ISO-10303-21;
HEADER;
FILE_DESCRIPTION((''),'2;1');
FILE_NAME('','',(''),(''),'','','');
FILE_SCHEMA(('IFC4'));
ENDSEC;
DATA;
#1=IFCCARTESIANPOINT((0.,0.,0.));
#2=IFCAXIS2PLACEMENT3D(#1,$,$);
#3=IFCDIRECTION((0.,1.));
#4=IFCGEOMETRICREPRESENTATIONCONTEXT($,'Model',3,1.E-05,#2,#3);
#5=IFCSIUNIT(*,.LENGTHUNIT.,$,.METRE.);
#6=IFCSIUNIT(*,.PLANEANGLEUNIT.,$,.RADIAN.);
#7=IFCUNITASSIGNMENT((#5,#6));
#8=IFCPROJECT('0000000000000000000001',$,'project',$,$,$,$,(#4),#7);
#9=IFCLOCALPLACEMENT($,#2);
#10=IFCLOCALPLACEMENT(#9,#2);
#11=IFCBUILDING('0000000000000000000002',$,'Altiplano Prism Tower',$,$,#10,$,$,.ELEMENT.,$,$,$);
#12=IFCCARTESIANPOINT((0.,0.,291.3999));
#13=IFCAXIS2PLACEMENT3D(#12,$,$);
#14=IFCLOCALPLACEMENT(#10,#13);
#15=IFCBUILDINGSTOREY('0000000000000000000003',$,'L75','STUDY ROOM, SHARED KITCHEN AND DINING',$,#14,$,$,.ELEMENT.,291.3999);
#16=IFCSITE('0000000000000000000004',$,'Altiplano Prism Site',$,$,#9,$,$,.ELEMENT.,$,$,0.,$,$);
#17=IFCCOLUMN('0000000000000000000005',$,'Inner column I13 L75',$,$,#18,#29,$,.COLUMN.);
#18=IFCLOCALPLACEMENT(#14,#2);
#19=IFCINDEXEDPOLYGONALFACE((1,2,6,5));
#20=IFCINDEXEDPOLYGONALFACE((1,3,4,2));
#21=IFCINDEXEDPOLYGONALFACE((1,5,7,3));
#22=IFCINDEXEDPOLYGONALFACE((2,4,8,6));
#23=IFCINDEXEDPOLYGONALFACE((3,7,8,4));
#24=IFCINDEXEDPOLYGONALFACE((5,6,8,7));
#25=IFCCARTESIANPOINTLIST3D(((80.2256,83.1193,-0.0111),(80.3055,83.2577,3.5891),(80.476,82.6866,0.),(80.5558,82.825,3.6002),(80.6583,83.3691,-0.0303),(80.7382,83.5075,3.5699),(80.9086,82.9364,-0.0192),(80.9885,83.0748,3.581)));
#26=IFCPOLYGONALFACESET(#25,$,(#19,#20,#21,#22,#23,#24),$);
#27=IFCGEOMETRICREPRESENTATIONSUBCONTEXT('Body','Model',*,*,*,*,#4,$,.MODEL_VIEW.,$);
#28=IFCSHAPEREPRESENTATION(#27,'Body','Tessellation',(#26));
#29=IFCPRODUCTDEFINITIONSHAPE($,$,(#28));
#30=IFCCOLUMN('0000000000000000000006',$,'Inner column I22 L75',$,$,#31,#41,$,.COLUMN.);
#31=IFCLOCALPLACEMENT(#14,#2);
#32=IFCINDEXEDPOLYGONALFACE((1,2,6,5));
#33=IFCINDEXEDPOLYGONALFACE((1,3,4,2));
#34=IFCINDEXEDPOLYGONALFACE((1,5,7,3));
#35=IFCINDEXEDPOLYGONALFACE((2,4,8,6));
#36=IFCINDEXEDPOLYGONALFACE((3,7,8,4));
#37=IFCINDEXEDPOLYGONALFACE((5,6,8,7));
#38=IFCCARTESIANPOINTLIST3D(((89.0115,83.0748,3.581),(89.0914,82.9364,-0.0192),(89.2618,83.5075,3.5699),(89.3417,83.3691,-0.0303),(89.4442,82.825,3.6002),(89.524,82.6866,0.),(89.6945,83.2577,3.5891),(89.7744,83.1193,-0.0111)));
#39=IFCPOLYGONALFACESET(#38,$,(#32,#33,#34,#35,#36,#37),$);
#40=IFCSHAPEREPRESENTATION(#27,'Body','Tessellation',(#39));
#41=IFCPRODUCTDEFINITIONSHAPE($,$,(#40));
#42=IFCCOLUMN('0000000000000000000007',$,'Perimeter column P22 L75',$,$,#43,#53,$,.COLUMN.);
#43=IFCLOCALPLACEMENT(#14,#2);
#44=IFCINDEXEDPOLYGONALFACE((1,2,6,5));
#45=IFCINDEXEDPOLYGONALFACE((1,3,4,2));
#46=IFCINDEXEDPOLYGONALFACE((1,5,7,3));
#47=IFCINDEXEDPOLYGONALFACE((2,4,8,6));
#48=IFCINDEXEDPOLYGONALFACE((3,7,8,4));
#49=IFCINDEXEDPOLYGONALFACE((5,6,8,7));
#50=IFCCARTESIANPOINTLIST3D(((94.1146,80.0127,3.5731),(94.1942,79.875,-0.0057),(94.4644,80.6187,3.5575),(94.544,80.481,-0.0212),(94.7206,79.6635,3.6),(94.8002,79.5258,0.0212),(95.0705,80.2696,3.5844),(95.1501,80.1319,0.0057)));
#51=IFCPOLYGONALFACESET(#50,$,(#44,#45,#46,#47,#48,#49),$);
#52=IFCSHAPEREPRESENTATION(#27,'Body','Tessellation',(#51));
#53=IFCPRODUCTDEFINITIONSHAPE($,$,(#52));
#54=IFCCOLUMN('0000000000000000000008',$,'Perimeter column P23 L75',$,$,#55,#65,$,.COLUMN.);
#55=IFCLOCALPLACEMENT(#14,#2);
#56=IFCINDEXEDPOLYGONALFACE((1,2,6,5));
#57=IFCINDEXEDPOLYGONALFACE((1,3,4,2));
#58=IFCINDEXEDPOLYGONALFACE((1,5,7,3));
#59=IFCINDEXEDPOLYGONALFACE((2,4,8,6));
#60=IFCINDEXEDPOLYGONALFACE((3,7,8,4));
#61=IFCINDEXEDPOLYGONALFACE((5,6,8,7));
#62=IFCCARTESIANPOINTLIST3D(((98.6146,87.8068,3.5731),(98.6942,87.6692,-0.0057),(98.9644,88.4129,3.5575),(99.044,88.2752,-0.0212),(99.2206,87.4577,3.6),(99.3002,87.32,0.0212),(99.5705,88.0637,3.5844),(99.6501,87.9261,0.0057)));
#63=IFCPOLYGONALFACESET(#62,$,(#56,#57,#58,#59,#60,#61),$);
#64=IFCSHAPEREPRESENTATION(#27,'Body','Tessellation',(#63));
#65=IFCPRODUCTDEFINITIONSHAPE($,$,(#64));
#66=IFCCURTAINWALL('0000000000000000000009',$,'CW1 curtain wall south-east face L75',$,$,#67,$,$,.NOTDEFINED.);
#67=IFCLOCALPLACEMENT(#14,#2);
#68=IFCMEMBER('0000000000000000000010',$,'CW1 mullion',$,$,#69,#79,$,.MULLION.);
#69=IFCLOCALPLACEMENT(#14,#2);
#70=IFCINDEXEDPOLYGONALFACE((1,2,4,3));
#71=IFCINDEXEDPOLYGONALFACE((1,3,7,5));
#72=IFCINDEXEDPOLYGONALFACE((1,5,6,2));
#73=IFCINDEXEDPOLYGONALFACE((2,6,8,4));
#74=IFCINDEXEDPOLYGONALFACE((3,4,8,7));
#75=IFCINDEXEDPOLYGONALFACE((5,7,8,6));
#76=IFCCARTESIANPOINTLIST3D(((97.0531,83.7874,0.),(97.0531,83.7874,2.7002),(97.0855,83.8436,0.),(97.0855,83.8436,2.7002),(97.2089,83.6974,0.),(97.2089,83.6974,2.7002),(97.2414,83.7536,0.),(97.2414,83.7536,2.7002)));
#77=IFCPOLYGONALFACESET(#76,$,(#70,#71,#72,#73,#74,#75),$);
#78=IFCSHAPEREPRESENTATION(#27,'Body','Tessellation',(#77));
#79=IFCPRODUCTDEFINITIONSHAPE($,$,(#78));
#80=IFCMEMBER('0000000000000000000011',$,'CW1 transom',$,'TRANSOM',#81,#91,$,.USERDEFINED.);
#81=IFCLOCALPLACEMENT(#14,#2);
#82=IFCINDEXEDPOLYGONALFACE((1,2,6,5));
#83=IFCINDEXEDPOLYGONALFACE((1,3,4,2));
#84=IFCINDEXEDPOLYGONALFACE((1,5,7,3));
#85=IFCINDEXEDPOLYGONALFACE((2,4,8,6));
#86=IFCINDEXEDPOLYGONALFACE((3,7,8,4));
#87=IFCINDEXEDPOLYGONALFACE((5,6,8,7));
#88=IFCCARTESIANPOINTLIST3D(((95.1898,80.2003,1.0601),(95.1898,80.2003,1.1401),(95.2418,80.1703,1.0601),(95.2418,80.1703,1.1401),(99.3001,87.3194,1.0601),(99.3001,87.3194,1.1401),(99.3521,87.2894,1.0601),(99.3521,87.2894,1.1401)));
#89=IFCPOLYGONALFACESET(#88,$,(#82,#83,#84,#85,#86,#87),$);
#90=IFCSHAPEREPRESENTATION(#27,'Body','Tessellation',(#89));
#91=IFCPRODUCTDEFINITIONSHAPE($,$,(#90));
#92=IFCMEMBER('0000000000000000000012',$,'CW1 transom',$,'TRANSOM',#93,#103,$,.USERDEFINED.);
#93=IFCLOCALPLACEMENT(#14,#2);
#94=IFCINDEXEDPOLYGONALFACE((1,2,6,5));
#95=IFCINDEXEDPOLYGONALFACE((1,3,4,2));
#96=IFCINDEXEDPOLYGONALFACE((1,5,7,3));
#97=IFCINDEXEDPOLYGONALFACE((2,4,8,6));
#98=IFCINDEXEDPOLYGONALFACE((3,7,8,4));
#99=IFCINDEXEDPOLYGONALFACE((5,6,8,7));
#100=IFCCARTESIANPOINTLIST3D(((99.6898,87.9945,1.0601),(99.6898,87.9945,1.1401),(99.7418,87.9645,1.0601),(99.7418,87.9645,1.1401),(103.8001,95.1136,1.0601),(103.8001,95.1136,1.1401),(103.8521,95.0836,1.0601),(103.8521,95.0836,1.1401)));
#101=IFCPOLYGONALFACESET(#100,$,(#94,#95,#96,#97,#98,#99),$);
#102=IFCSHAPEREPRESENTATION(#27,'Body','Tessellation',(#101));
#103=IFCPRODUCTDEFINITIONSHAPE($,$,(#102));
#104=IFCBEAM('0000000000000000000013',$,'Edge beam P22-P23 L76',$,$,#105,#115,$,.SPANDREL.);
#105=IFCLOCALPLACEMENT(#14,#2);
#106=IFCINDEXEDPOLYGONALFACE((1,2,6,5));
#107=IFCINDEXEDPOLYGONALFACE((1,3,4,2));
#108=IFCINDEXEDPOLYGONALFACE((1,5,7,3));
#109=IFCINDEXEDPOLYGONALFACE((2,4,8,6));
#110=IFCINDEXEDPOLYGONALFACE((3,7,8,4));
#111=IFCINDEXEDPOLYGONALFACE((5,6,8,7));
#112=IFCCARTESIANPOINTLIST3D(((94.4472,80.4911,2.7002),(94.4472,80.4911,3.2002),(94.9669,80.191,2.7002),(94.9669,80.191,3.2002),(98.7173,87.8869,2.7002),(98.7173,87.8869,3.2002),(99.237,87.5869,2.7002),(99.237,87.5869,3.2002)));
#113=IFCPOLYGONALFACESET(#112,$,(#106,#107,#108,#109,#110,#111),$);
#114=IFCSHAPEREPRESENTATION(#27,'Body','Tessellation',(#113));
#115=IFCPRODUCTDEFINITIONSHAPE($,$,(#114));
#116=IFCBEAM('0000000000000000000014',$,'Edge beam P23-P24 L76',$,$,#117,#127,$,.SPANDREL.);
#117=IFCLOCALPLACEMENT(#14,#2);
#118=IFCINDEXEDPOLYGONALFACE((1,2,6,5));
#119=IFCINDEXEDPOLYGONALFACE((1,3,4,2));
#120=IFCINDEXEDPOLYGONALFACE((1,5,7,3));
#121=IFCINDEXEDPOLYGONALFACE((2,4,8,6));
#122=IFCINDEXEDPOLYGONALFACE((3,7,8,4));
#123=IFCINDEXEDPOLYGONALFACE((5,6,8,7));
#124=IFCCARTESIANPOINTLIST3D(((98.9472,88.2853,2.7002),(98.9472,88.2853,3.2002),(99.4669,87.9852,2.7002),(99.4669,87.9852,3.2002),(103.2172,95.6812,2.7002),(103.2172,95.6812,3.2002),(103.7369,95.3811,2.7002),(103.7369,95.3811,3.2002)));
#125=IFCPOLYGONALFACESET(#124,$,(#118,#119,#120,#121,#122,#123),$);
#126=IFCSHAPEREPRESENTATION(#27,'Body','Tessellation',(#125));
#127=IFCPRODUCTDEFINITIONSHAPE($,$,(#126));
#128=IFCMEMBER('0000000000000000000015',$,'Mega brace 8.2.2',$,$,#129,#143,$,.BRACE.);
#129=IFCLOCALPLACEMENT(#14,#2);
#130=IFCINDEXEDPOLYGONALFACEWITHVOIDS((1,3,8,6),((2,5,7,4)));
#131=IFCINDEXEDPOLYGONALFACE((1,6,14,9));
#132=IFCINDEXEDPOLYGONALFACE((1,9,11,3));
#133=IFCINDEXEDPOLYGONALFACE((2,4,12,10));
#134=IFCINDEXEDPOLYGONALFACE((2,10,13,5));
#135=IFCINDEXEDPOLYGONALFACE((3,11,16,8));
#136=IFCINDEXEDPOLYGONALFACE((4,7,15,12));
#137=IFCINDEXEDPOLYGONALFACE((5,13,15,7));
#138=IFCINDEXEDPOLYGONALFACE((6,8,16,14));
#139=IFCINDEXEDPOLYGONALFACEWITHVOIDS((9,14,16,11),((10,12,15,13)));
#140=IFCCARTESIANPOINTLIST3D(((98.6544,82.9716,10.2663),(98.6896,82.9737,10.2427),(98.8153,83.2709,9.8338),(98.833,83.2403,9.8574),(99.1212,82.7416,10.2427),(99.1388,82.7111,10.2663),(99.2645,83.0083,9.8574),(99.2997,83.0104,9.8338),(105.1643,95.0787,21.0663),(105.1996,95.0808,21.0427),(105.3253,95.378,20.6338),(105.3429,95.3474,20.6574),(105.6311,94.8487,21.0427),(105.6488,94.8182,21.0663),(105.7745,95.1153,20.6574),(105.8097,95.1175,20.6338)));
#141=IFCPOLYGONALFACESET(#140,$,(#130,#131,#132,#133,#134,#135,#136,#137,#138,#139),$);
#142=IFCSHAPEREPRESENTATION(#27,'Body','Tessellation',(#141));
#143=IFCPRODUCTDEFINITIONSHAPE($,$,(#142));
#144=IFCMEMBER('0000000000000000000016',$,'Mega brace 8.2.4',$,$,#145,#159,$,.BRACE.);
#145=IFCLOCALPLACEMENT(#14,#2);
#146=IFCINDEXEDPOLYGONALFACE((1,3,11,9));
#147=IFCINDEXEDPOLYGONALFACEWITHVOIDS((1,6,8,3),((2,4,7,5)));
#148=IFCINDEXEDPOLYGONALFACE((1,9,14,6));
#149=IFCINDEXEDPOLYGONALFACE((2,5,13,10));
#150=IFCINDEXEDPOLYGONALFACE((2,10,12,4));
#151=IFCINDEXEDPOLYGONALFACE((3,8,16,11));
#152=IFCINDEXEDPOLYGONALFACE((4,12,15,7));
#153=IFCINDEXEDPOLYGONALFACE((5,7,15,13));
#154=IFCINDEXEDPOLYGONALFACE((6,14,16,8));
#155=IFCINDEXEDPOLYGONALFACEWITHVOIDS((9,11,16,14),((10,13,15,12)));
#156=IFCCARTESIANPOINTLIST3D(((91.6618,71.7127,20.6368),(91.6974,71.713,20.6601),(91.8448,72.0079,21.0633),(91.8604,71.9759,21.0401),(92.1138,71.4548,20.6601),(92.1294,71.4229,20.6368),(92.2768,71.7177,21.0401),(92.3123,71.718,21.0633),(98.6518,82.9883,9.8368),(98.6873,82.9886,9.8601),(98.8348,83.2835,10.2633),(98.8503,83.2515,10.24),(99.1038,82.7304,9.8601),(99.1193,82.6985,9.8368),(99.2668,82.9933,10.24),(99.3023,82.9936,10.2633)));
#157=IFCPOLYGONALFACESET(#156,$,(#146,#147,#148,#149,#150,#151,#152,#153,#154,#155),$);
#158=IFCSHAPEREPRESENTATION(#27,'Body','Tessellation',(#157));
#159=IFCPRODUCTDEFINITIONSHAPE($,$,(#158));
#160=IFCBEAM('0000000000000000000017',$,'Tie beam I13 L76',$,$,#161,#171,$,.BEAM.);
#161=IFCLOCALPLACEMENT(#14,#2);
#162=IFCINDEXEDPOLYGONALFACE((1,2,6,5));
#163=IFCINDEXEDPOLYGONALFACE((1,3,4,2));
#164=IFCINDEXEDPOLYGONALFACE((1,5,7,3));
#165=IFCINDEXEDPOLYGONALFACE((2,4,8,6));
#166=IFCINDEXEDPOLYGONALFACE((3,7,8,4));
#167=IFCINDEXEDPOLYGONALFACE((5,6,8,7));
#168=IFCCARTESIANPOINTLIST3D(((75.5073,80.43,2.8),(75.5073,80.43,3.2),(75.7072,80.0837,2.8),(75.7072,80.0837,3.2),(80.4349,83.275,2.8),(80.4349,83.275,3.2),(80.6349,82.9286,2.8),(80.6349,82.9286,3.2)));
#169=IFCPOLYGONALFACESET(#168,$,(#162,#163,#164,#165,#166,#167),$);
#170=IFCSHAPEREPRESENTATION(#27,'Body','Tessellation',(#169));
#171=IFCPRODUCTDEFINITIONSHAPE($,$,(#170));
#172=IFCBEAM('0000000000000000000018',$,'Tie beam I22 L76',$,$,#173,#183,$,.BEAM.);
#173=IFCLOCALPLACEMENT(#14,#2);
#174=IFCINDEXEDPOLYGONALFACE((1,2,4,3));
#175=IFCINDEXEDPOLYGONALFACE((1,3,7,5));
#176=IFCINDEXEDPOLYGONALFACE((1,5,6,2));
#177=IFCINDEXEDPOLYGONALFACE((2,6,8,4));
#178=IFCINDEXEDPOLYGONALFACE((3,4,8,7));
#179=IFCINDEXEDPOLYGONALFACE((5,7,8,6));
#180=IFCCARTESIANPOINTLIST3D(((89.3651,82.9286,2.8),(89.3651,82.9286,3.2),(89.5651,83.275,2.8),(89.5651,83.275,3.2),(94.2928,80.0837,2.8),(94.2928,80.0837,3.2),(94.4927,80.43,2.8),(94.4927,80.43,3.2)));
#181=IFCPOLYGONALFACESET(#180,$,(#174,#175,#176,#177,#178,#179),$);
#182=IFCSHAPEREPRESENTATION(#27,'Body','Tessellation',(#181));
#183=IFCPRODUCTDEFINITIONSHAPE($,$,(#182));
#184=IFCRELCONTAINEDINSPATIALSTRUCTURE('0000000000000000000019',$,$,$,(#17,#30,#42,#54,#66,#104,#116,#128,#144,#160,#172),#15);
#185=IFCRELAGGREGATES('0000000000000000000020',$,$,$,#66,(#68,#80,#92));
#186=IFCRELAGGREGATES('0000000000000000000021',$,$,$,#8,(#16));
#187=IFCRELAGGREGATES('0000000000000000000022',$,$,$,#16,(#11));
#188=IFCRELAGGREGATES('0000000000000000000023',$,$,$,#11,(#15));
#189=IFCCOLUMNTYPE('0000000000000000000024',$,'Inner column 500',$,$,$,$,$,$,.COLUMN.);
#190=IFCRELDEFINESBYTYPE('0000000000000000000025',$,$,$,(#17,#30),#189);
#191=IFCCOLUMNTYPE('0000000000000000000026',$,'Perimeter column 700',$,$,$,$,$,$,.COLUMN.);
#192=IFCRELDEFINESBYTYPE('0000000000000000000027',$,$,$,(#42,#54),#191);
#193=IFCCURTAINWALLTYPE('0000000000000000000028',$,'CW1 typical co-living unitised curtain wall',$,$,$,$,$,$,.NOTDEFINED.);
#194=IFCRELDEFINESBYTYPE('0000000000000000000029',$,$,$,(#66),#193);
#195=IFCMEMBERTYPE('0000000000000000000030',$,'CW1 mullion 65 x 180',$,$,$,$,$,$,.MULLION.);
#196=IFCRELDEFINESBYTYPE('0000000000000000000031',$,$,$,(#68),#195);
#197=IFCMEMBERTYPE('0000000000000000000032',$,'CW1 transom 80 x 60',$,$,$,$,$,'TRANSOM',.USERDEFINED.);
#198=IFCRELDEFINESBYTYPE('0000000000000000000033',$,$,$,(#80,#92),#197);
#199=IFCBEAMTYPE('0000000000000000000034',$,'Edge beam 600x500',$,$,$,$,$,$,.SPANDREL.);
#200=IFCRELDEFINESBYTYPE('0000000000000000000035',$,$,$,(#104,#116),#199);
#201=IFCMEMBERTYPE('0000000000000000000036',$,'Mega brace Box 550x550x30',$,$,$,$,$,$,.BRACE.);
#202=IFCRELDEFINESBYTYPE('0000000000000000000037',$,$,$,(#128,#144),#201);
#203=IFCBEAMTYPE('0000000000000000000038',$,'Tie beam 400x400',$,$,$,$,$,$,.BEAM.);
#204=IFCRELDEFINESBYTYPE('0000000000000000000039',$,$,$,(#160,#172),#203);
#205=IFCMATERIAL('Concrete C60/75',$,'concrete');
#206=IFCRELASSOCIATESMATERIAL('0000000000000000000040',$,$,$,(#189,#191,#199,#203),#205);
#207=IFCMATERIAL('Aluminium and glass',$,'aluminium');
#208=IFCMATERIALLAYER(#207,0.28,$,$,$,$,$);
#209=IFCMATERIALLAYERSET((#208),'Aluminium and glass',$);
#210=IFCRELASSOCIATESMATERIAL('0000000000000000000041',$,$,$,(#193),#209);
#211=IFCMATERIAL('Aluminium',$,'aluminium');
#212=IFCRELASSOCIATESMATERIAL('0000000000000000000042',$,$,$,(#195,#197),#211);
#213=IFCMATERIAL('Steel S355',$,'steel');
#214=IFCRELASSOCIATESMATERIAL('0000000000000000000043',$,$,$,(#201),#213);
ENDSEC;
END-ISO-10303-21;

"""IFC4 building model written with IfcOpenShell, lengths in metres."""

from ifc_helpers import new_model, si_unit, direction, frame, origin, origin_2d, place, context, subcontext, project, spatial, rectangle, hollow_rectangle, extrude, material, layer, layer_set, material_profile, profile_set, type_object, element, aggregate, save


model = new_model("IFC4")

# Units and contexts
model_context = context("Model", 3, precision=1e-05, world=origin(), true_north=direction((0.0, 1.0)))
body_context = subcontext(model_context, "Body", "Model", "MODEL_VIEW")
ifc_project = project(units=[si_unit("LENGTHUNIT", "METRE"), si_unit("PLANEANGLEUNIT", "RADIAN")], contexts=[model_context])

# Site, building, storey
site_placement = place(None, origin())
site = spatial("IfcSite", under=ifc_project, at=site_placement, Name="Altiplano Prism Site", CompositionType="ELEMENT", RefElevation=0.0)
building_placement = place(site_placement, origin())
building = spatial("IfcBuilding", under=site, at=building_placement, Name="Altiplano Prism Tower", CompositionType="ELEMENT")
storey_placement = place(building_placement, frame((0.0, 0.0, 291.3999)))
storey = spatial("IfcBuildingStorey", under=building, at=storey_placement, Name="L75", Description="STUDY ROOM, SHARED KITCHEN AND DINING", CompositionType="ELEMENT", Elevation=291.3999)

# Columns
ifc_material_1 = material(Name="Concrete C60/75", Category="concrete")
ifc_material_profile_1 = material_profile(ifc_material_1, rectangle(XDim=0.5, YDim=0.5, at=origin_2d()), Name="Inner column 500")
ifc_profile_set_1 = profile_set([ifc_material_profile_1], Name="Concrete C60/75")
column_type_1 = type_object("IfcColumnType", Name="Inner column 500", PredefinedType="COLUMN", material=ifc_profile_set_1)
for number, where, z_axis, x_axis, name in (
    (1, (80.5671, 83.0278, -0.0151), (0.022154, 0.038413, 0.999016), (-0.865362, -0.499674, 0.038403), "Inner column I13 L75"),
    (2, (89.4329, 83.0278, -0.0151), (-0.022154, 0.038413, 0.999016), (-0.500657, -0.865362, 0.022172), "Inner column I22 L75"),
):
    element("IfcColumn", number, at=place(storey_placement, frame(where, z_axis=z_axis, x_axis=x_axis)), inside=storey, type_object=column_type_1, Name=name, PredefinedType="COLUMN", context=body_context, shape_type="SweptSolid", body=[
        extrude(rectangle(XDim=0.5, YDim=0.5, at=origin_2d()), origin(), (0.0, 0.0, 1.0), 3.6038),
    ])
ifc_material_profile_2 = material_profile(ifc_material_1, rectangle(XDim=0.7, YDim=0.7, at=origin_2d()), Name="Perimeter column 700")
ifc_profile_set_2 = profile_set([ifc_material_profile_2], Name="Concrete C60/75")
column_type_2 = type_object("IfcColumnType", Name="Perimeter column 700", PredefinedType="COLUMN", material=ifc_profile_set_2)
for number, where, z_axis, x_axis, name in (
    (3, (94.6721, 80.0034, 0.0), (-0.022217, 0.038437, 0.999014), (-0.499818, -0.865846, 0.022198), "Perimeter column P22 L75"),
    (4, (99.1721, 87.7976, 0.0), (-0.022217, 0.038437, 0.999014), (-0.499813, -0.865849, 0.022198), "Perimeter column P23 L75"),
):
    element("IfcColumn", number, at=place(storey_placement, frame(where, z_axis=z_axis, x_axis=x_axis)), inside=storey, type_object=column_type_2, Name=name, PredefinedType="COLUMN", context=body_context, shape_type="SweptSolid", body=[
        extrude(rectangle(XDim=0.7, YDim=0.7, at=origin_2d()), origin(), (0.0, 0.0, 1.0), 3.5823),
    ])

# Curtain wall, members
ifc_material_2 = material(Name="Aluminium and glass", Category="aluminium")
ifc_layer_1 = layer(ifc_material_2, 0.28)
ifc_layer_set_1 = layer_set([ifc_layer_1], Name="Aluminium and glass")
curtain_wall_type = type_object("IfcCurtainWallType", Name="CW1 typical co-living unitised curtain wall", PredefinedType="NOTDEFINED", material=ifc_layer_set_1)
curtain_wall_placement = place(storey_placement, origin())
curtain_wall = element("IfcCurtainWall", 5, at=curtain_wall_placement, inside=storey, type_object=curtain_wall_type, Name="CW1 curtain wall south-east face L75", PredefinedType="NOTDEFINED")
ifc_material_3 = material(Name="Aluminium", Category="aluminium")
ifc_material_profile_3 = material_profile(ifc_material_3, rectangle(XDim=0.1799, YDim=0.0649, at=origin_2d()), Name="CW1 mullion 65 x 180")
ifc_profile_set_3 = profile_set([ifc_material_profile_3], Name="Aluminium")
member_type_1 = type_object("IfcMemberType", Name="CW1 mullion 65 x 180", PredefinedType="MULLION", material=ifc_profile_set_3)
member_1_placement = place(storey_placement, frame((97.1472, 83.7705, 0.0), z_axis=(0.0, 0.0, 1.0), x_axis=(-0.866025, 0.5, 0.0)))
member_1 = element("IfcMember", 6, at=member_1_placement, type_object=member_type_1, Name="CW1 mullion", PredefinedType="MULLION", context=body_context, shape_type="SweptSolid", body=[
    extrude(rectangle(XDim=0.1799, YDim=0.0649, at=origin_2d()), origin(), (0.0, 0.0, 1.0), 2.7002),
])
ifc_material_profile_4 = material_profile(ifc_material_3, rectangle(XDim=0.0601, YDim=0.0801, at=origin_2d()), Name="CW1 transom 80 x 60")
ifc_profile_set_4 = profile_set([ifc_material_profile_4], Name="Aluminium")
member_type_2 = type_object("IfcMemberType", Name="CW1 transom 80 x 60", ElementType="TRANSOM", PredefinedType="USERDEFINED", material=ifc_profile_set_4)
member_2_placement = place(storey_placement, frame((95.2158, 80.1853, 1.1001), z_axis=(0.50001, 0.866019, 0.0), x_axis=(-0.866019, 0.50001, 0.0)))
member_2 = element("IfcMember", 7, at=member_2_placement, type_object=member_type_2, Name="CW1 transom", ObjectType="TRANSOM", PredefinedType="USERDEFINED", context=body_context, shape_type="SweptSolid", body=[
    extrude(rectangle(XDim=0.0601, YDim=0.0801, at=origin_2d()), origin(), (0.0, 0.0, 1.0), 8.2205),
])
member_3_placement = place(storey_placement, frame((99.7158, 87.9795, 1.1001), z_axis=(0.50001, 0.866019, 0.0), x_axis=(-0.866019, 0.50001, 0.0)))
member_3 = element("IfcMember", 8, at=member_3_placement, type_object=member_type_2, Name="CW1 transom", ObjectType="TRANSOM", PredefinedType="USERDEFINED", context=body_context, shape_type="SweptSolid", body=[
    extrude(rectangle(XDim=0.0601, YDim=0.0801, at=origin_2d()), origin(), (0.0, 0.0, 1.0), 8.2205),
])

# Beams
ifc_material_profile_5 = material_profile(ifc_material_1, rectangle(XDim=0.6001, YDim=0.5, at=origin_2d()), Name="Edge beam 600x500")
ifc_profile_set_5 = profile_set([ifc_material_profile_5], Name="Concrete C60/75")
beam_type_1 = type_object("IfcBeamType", Name="Edge beam 600x500", PredefinedType="SPANDREL", material=ifc_profile_set_5)
for number, where, z_axis, x_axis, name in (
    (9, (94.707, 80.3411, 2.9502), (0.500007, 0.866021, 0.0), (-0.866021, 0.500007, 0.0), "Edge beam P22-P23 L76"),
    (10, (99.207, 88.1353, 2.9502), (0.499995, 0.866028, 0.0), (-0.866028, 0.499995, 0.0), "Edge beam P23-P24 L76"),
):
    element("IfcBeam", number, at=place(storey_placement, frame(where, z_axis=z_axis, x_axis=x_axis)), inside=storey, type_object=beam_type_1, Name=name, PredefinedType="SPANDREL", context=body_context, shape_type="SweptSolid", body=[
        extrude(rectangle(XDim=0.6001, YDim=0.5, at=origin_2d()), origin(), (0.0, 0.0, 1.0), 8.54),
    ])

# Members
ifc_material_4 = material(Name="Steel S355", Category="steel")
ifc_material_profile_6 = material_profile(ifc_material_4, hollow_rectangle(XDim=0.55, YDim=0.55, WallThickness=0.03, at=origin_2d()), Name="Mega brace Box 550x550x30")
ifc_profile_set_6 = profile_set([ifc_material_profile_6], Name="Steel S355")
member_type_3 = type_object("IfcMemberType", Name="Mega brace Box 550x550x30", PredefinedType="BRACE", material=ifc_profile_set_6)
member_4_placement = place(storey_placement, frame((98.9771, 82.991, 10.05), z_axis=(0.372393, 0.692568, 0.617797), x_axis=(-0.880752, 0.473579, 0.0)))
element("IfcMember", 11, at=member_4_placement, inside=storey, type_object=member_type_3, Name="Mega brace 8.2.2", PredefinedType="BRACE", context=body_context, shape_type="SweptSolid", body=[
    extrude(hollow_rectangle(XDim=0.55, YDim=0.55, WallThickness=0.03, at=origin_2d()), origin(), (0.0, 0.0, 1.0), 17.4814),
])
member_5_placement = place(storey_placement, frame((98.9771, 82.991, 10.05), z_axis=(-0.40861, -0.659134, 0.631333), x_axis=(0.849933, -0.52689, 0.0)))
element("IfcMember", 12, at=member_5_placement, inside=storey, type_object=member_type_3, Name="Mega brace 8.2.4", PredefinedType="BRACE", context=body_context, shape_type="SweptSolid", body=[
    extrude(hollow_rectangle(XDim=0.55, YDim=0.55, WallThickness=0.03, at=origin_2d()), origin(), (0.0, 0.0, 1.0), 17.1067),
])

# Beams
ifc_material_profile_7 = material_profile(ifc_material_1, rectangle(XDim=0.3999, YDim=0.3999, at=origin_2d()), Name="Tie beam 400x400")
ifc_profile_set_7 = profile_set([ifc_material_profile_7], Name="Concrete C60/75")
beam_type_2 = type_object("IfcBeamType", Name="Tie beam 400x400", PredefinedType="BEAM", material=ifc_profile_set_7)
for number, where, z_axis, x_axis, name in (
    (13, (80.5349, 83.1018, 3.0), (-0.86603, -0.499992, 0.0), (0.499992, -0.86603, 0.0), "Tie beam I13 L76"),
    (14, (89.4651, 83.1018, 3.0), (0.86603, -0.499992, 0.0), (0.499992, 0.86603, 0.0), "Tie beam I22 L76"),
):
    element("IfcBeam", number, at=place(storey_placement, frame(where, z_axis=z_axis, x_axis=x_axis)), inside=storey, type_object=beam_type_2, Name=name, PredefinedType="BEAM", context=body_context, shape_type="SweptSolid", body=[
        extrude(rectangle(XDim=0.3999, YDim=0.3999, at=origin_2d()), origin(), (0.0, 0.0, 1.0), 5.6899),
    ])

aggregate(curtain_wall, [member_1, member_2, member_3])

save(model, "model.ifc")
